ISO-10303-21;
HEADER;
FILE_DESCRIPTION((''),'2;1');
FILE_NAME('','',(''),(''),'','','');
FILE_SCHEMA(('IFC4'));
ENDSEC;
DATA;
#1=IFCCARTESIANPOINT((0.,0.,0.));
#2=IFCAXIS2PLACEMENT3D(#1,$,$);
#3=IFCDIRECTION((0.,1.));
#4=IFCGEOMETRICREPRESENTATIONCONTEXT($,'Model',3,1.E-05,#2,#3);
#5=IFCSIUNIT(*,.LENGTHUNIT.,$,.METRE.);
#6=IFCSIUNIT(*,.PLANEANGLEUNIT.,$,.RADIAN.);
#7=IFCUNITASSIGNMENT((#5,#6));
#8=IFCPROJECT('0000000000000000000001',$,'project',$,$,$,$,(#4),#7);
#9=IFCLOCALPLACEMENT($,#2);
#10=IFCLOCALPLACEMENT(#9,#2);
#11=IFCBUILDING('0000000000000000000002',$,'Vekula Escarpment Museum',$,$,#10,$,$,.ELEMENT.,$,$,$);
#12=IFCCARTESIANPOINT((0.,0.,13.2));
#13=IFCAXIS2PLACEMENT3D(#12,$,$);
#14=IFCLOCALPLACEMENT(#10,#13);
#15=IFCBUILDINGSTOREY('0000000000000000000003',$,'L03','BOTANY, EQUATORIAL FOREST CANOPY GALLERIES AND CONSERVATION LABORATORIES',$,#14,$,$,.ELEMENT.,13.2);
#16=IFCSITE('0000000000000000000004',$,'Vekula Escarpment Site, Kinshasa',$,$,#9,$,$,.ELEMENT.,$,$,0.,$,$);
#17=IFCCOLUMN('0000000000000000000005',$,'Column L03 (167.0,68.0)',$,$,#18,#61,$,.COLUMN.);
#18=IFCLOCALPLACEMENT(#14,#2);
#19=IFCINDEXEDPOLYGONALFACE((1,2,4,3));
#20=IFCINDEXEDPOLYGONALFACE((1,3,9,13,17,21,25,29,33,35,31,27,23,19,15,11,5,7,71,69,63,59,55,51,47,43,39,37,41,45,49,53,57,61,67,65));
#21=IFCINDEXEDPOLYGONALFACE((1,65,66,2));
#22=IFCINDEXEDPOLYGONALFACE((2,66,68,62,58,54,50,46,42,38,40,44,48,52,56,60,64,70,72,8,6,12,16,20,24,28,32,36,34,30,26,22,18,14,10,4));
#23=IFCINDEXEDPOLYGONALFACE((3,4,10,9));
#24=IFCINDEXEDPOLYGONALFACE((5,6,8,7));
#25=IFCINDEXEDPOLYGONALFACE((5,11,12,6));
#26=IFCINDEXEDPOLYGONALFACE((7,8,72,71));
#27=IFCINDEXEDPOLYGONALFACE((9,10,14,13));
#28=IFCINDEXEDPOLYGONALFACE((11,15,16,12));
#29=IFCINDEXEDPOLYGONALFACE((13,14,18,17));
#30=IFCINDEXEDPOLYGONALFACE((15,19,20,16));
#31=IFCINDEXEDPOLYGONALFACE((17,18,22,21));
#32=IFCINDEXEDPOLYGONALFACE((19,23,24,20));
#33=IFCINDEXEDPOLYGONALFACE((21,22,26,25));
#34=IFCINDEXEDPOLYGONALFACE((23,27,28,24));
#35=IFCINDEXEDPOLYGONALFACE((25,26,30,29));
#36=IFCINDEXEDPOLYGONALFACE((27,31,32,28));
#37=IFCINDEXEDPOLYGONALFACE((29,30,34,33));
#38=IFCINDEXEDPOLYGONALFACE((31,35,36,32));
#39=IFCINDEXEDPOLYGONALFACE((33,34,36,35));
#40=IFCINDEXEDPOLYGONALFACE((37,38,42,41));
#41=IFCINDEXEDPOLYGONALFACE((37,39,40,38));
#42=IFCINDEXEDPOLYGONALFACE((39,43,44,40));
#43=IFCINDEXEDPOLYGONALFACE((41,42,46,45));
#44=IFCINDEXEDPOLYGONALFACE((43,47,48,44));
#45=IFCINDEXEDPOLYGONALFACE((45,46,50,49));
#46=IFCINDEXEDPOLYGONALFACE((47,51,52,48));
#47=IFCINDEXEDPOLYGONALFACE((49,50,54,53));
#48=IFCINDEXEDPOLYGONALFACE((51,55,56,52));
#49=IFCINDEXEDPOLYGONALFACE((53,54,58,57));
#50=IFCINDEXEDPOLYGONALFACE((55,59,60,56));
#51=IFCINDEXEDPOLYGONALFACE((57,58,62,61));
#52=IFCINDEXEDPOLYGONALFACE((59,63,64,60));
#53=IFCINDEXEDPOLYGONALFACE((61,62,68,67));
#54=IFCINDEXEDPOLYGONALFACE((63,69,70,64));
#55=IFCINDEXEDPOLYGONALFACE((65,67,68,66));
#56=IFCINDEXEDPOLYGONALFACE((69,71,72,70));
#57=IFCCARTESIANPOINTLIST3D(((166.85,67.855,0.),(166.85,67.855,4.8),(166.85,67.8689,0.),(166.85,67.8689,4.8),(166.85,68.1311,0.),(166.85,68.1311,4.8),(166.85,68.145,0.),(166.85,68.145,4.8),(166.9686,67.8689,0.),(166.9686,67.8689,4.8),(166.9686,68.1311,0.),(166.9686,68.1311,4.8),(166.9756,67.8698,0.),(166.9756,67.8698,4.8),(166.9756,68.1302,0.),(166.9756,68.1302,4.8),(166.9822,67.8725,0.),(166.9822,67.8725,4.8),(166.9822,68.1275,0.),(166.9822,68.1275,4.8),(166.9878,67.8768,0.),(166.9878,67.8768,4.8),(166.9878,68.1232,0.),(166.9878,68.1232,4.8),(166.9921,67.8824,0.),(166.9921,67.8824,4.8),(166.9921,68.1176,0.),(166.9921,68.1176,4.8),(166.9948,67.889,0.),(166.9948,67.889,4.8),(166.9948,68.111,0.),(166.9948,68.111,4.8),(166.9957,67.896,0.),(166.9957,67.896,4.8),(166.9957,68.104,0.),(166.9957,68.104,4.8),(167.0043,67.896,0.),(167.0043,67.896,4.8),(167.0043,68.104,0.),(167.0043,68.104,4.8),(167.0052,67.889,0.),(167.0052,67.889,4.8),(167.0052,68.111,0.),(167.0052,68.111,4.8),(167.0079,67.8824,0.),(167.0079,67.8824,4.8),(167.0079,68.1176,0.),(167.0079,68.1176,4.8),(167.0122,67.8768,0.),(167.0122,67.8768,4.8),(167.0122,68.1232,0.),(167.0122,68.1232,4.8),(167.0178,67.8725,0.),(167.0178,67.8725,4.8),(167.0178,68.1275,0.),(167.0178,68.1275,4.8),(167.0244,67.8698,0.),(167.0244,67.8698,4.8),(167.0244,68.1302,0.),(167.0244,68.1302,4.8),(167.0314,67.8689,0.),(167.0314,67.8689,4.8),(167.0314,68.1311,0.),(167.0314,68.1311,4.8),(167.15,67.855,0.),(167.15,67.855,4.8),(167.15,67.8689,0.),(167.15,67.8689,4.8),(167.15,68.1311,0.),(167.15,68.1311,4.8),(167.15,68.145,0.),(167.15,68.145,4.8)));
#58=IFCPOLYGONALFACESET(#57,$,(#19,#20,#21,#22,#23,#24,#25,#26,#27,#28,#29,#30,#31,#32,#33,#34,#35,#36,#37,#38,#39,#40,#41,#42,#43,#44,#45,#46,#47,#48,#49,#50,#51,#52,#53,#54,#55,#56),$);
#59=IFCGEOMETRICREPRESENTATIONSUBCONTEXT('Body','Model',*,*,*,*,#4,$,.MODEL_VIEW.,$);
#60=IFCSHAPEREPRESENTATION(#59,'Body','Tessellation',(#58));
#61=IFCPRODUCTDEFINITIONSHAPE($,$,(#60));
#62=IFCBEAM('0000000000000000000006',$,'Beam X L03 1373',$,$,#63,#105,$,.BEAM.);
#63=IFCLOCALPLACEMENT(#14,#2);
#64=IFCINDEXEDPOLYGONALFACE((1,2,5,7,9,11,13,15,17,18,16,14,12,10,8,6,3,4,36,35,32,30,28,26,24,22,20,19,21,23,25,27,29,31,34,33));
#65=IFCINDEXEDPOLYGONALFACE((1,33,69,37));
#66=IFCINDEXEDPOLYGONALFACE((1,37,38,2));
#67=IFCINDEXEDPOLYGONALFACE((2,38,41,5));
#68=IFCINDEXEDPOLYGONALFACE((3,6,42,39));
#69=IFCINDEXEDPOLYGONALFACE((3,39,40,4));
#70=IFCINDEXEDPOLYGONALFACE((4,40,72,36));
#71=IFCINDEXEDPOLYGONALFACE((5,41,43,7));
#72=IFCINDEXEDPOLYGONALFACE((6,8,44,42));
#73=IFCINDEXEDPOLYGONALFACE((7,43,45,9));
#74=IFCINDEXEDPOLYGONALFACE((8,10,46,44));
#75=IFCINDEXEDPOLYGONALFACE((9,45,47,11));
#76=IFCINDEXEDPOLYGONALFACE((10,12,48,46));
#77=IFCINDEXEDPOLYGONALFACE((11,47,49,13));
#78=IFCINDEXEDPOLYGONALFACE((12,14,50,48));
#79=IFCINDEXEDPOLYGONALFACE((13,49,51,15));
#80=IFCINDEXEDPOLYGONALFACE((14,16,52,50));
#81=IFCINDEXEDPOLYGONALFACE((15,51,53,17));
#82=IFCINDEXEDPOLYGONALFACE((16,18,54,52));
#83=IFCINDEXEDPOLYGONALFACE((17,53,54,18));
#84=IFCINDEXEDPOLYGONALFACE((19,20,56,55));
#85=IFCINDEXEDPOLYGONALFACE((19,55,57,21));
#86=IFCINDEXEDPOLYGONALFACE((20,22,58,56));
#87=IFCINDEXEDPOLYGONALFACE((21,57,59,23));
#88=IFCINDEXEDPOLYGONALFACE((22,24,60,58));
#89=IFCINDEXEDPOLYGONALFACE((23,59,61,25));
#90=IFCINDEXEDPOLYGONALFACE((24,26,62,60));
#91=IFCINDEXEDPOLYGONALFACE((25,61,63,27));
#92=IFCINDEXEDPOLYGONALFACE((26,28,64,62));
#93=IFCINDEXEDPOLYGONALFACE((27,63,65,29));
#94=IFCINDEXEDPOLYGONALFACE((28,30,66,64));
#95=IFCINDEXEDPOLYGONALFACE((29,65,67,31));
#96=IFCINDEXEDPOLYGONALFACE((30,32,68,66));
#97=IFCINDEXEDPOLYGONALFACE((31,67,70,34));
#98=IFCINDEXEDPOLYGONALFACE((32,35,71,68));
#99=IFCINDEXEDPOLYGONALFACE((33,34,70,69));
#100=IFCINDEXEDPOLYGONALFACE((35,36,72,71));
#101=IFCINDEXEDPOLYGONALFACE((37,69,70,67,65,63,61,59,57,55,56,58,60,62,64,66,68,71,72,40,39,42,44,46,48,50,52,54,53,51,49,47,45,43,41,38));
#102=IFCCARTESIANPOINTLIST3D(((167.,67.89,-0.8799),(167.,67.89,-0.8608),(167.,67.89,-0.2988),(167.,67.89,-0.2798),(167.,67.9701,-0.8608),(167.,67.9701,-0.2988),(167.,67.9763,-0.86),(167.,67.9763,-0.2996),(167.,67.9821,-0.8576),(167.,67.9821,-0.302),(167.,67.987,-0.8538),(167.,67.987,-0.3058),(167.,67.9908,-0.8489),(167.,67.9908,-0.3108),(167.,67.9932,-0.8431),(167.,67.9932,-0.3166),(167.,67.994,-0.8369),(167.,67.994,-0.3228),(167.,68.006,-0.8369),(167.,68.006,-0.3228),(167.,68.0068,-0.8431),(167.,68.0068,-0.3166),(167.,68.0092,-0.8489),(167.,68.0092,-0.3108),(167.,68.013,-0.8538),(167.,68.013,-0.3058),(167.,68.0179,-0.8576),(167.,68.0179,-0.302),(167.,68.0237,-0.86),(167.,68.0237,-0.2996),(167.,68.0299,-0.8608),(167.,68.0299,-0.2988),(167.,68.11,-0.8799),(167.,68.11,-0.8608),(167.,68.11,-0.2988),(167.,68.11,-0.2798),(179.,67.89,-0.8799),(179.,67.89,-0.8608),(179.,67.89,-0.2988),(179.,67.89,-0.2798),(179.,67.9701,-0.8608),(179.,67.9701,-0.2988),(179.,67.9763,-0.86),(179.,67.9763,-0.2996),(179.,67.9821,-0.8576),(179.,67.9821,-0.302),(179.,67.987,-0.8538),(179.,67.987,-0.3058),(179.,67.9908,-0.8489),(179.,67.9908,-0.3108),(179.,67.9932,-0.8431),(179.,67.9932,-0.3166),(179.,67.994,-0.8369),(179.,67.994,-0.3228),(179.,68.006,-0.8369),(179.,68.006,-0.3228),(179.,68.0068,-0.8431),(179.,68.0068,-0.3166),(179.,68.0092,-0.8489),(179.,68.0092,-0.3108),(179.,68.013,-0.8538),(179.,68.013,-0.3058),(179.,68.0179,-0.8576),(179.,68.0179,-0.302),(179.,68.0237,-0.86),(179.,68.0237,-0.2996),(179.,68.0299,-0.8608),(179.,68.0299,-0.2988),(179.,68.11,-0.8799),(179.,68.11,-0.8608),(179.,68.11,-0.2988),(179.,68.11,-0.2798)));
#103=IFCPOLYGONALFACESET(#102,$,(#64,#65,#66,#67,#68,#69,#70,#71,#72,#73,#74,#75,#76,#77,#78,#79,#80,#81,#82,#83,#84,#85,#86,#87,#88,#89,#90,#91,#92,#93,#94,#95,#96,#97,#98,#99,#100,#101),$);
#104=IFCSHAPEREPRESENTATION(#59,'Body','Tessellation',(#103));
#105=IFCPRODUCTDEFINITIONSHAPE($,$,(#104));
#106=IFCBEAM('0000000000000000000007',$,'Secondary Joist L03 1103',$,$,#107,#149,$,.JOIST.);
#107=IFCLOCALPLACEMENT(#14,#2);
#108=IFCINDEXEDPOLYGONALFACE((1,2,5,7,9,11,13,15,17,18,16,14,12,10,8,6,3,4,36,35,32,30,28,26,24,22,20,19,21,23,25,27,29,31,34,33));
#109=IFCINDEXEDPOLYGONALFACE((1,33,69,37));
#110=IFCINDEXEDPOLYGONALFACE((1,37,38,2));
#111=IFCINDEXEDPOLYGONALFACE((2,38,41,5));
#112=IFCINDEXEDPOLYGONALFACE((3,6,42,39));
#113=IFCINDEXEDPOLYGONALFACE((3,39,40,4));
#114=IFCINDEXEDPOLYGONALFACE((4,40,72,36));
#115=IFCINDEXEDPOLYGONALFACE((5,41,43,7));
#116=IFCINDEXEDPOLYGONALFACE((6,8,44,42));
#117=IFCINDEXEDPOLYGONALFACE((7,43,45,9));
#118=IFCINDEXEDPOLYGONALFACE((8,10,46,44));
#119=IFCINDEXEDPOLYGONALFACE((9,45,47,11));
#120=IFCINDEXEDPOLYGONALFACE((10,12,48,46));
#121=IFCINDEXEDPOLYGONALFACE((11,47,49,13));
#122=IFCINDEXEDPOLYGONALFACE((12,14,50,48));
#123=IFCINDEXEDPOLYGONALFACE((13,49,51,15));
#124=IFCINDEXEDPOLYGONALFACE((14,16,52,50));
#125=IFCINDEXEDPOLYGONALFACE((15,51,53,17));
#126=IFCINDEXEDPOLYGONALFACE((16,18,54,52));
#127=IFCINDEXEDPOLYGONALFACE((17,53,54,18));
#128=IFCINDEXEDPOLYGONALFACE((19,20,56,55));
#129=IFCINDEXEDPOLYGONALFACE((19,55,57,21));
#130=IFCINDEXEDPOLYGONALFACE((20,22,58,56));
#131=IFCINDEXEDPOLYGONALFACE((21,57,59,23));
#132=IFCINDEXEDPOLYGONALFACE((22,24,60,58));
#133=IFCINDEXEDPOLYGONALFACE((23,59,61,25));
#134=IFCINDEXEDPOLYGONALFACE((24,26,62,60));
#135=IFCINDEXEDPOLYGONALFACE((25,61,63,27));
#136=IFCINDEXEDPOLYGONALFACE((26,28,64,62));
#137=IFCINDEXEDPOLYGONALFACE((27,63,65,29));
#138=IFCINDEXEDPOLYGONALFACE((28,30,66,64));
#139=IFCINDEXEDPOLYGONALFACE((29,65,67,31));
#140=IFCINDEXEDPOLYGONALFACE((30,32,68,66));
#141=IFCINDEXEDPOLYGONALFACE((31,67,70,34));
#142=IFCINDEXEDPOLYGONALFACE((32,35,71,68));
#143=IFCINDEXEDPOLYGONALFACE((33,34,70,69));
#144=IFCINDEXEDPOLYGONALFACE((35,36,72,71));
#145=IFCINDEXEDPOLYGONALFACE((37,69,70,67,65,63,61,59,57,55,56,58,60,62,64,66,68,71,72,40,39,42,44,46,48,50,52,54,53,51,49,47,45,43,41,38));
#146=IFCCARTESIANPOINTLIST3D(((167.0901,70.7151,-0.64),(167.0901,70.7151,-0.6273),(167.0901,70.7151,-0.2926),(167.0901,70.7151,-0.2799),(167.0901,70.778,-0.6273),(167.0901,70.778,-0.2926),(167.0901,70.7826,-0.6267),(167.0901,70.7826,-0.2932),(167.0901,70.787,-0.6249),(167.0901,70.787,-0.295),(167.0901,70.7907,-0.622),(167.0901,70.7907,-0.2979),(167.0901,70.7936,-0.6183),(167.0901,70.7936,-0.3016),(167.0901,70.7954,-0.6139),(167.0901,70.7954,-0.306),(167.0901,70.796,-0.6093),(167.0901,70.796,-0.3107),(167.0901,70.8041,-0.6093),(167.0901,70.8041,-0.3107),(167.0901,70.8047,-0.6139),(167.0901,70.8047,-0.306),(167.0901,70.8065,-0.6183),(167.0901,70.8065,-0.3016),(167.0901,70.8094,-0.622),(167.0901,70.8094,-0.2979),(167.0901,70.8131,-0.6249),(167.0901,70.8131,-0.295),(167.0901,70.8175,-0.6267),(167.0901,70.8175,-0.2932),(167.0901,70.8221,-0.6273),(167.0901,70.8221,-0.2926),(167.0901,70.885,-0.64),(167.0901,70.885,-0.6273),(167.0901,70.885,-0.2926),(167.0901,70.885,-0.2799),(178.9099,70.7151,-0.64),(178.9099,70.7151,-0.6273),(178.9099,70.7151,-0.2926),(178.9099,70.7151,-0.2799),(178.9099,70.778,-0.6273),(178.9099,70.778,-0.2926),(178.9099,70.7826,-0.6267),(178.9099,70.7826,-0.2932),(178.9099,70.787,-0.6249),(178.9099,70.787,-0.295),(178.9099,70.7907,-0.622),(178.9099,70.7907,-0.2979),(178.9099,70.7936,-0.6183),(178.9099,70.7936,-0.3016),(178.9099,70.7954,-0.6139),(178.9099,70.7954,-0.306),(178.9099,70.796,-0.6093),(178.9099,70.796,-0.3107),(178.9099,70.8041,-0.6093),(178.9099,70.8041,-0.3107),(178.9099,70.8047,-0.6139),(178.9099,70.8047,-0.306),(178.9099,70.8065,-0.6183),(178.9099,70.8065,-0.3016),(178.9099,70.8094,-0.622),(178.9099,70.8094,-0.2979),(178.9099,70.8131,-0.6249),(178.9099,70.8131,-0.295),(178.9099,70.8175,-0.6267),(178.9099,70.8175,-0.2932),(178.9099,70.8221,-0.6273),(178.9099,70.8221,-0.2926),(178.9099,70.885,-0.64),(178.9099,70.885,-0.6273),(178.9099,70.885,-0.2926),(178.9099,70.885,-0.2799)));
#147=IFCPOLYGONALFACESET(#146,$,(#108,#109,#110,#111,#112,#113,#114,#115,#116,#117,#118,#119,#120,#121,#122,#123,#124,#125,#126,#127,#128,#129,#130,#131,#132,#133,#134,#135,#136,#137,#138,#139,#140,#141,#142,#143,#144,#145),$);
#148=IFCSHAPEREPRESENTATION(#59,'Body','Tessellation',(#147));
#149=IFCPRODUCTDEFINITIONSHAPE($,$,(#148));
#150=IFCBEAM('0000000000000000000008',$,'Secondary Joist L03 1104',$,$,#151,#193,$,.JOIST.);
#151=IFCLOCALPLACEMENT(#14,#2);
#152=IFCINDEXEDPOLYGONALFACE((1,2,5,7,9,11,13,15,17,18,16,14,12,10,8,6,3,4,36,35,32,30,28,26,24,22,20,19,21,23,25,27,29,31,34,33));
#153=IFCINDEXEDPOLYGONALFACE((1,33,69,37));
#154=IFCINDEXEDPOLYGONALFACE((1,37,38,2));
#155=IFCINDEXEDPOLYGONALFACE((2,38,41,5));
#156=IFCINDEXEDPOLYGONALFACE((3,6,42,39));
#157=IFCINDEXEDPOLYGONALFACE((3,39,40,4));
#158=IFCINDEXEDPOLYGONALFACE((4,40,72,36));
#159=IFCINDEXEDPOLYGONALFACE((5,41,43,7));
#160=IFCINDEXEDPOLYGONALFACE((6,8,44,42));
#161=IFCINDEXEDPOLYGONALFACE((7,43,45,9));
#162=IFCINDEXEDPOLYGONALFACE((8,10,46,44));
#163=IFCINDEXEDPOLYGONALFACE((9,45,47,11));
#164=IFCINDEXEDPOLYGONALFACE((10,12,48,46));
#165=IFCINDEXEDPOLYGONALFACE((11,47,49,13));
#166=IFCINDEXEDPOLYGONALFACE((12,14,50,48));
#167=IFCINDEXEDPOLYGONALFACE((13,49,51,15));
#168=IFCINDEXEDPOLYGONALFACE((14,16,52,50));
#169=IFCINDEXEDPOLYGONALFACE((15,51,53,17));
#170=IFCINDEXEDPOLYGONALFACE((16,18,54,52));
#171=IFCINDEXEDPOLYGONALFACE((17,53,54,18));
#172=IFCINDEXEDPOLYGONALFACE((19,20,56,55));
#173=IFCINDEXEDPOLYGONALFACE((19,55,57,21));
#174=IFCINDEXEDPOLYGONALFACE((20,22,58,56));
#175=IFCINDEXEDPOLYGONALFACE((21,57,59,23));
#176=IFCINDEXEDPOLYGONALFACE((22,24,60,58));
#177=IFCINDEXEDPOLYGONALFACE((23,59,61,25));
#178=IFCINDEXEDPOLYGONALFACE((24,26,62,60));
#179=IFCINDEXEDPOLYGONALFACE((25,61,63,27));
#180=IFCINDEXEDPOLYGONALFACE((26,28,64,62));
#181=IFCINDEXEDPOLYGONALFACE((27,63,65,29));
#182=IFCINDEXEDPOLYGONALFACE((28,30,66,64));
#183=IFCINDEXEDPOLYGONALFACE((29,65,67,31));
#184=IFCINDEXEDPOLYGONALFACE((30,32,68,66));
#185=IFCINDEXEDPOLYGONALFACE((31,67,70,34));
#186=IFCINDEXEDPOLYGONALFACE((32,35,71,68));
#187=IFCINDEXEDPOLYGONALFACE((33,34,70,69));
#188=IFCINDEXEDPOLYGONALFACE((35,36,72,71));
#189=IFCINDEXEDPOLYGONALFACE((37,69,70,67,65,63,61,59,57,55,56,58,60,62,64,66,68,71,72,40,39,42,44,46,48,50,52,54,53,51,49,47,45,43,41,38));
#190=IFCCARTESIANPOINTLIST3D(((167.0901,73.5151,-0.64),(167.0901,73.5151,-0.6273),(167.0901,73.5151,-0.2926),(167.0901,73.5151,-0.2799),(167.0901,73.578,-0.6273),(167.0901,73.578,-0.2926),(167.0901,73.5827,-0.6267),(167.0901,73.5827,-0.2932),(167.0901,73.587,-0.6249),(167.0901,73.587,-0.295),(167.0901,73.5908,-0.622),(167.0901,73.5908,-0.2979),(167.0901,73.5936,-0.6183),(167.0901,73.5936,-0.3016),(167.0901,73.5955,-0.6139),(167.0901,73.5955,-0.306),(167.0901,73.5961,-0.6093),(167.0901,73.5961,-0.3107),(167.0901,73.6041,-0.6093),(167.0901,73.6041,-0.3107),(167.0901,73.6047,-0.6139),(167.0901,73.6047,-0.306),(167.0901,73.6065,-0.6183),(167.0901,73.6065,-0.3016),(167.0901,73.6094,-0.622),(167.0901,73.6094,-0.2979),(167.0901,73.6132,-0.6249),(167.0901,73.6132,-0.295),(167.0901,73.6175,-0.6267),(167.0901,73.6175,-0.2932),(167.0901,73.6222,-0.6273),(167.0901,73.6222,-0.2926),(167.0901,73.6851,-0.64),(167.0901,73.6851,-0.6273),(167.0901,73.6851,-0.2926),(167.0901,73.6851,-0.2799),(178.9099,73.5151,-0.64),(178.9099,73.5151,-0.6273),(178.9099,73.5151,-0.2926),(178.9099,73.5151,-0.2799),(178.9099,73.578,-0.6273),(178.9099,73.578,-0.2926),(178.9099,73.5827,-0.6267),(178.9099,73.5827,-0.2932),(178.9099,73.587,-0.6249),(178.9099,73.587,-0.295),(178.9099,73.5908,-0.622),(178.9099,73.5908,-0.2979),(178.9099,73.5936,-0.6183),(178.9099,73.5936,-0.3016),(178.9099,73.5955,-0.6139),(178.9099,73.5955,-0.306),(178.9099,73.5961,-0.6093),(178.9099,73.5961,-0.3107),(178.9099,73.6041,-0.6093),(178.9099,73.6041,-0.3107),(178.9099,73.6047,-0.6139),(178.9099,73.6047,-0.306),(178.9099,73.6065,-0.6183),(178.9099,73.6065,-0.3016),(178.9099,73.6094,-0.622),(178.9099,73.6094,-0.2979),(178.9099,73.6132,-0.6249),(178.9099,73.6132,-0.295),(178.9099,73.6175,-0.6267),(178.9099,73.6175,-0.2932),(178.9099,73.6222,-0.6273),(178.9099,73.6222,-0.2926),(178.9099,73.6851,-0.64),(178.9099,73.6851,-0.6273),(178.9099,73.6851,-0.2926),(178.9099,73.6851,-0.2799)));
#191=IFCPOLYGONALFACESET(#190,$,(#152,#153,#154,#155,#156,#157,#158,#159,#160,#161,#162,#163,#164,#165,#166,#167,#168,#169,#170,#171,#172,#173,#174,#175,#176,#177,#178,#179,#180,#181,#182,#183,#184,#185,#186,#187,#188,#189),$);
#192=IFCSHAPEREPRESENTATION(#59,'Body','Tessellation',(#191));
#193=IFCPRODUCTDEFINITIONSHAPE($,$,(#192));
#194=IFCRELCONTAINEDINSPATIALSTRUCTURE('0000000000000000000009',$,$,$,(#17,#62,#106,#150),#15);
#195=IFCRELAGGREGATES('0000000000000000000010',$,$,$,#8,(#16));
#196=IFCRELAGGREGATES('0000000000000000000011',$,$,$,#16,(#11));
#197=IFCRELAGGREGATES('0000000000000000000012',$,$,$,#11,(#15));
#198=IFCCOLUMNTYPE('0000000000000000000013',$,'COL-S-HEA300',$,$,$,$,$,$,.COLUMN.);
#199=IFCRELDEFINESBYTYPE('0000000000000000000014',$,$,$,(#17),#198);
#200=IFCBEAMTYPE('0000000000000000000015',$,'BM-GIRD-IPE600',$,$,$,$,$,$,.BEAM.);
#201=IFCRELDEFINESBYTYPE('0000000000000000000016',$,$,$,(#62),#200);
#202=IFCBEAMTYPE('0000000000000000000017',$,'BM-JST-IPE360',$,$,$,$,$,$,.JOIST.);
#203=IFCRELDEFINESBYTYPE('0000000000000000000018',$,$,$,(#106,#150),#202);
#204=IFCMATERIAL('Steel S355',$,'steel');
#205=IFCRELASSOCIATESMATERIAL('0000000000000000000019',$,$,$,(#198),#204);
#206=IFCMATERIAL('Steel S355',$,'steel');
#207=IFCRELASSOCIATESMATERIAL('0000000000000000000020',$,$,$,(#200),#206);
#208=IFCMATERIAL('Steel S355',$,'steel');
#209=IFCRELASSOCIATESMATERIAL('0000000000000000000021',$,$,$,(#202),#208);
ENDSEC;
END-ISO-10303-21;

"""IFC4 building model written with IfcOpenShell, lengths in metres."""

from ifc_helpers import new_model, si_unit, direction, frame, origin, origin_2d, place, context, subcontext, project, spatial, i_section, extrude, material, material_profile, profile_set, type_object, element, save


model = new_model("IFC4")

# Units and contexts
model_context = context("Model", 3, precision=1e-05, world=origin(), true_north=direction((0.0, 1.0)))
body_context = subcontext(model_context, "Body", "Model", "MODEL_VIEW")
ifc_project = project(units=[si_unit("LENGTHUNIT", "METRE"), si_unit("PLANEANGLEUNIT", "RADIAN")], contexts=[model_context])

# Site, building, storey
site_placement = place(None, origin())
site = spatial("IfcSite", under=ifc_project, at=site_placement, Name="Vekula Escarpment Site, Kinshasa", CompositionType="ELEMENT", RefElevation=0.0)
building_placement = place(site_placement, origin())
building = spatial("IfcBuilding", under=site, at=building_placement, Name="Vekula Escarpment Museum", CompositionType="ELEMENT")
storey_placement = place(building_placement, frame((0.0, 0.0, 13.2)))
storey = spatial("IfcBuildingStorey", under=building, at=storey_placement, Name="L03", Description="BOTANY, EQUATORIAL FOREST CANOPY GALLERIES AND CONSERVATION LABORATORIES", CompositionType="ELEMENT", Elevation=13.2)

# Column
ifc_material_1 = material(Name="Steel S355", Category="steel")
ifc_material_profile_1 = material_profile(ifc_material_1, i_section(OverallWidth=0.3, OverallDepth=0.29, WebThickness=0.0085, FlangeThickness=0.0139, FilletRadius=0.0271, at=origin_2d()), Name="HEA 300")
ifc_profile_set_1 = profile_set([ifc_material_profile_1], Name="Steel S355")
column_type = type_object("IfcColumnType", Name="COL-S-HEA300", PredefinedType="COLUMN", material=ifc_profile_set_1)
column_placement = place(storey_placement, frame((167.0, 68.0, 0.0), z_axis=(0.0, 0.0, 1.0), x_axis=(1.0, 0.0, 0.0)))
element("IfcColumn", 1, at=column_placement, inside=storey, type_object=column_type, Name="Column L03 (167.0,68.0)", PredefinedType="COLUMN", context=body_context, shape_type="SweptSolid", body=[
    extrude(i_section(OverallWidth=0.3, OverallDepth=0.29, WebThickness=0.0085, FlangeThickness=0.0139, FilletRadius=0.0271, at=origin_2d()), origin(), (0.0, 0.0, 1.0), 4.8),
])

# Beams
ifc_material_2 = material(Name="Steel S355", Category="steel")
ifc_material_profile_2 = material_profile(ifc_material_2, i_section(OverallWidth=0.22, OverallDepth=0.6001, WebThickness=0.012, FlangeThickness=0.019, FilletRadius=0.0239, at=origin_2d()), Name="IPE 600")
ifc_profile_set_2 = profile_set([ifc_material_profile_2], Name="Steel S355")
beam_type_1 = type_object("IfcBeamType", Name="BM-GIRD-IPE600", PredefinedType="BEAM", material=ifc_profile_set_2)
beam_1_placement = place(storey_placement, frame((167.0, 68.0, -0.5798), z_axis=(1.0, 0.0, 0.0), x_axis=(0.0, 1.0, 0.0)))
element("IfcBeam", 2, at=beam_1_placement, inside=storey, type_object=beam_type_1, Name="Beam X L03 1373", PredefinedType="BEAM", context=body_context, shape_type="SweptSolid", body=[
    extrude(i_section(OverallWidth=0.22, OverallDepth=0.6001, WebThickness=0.012, FlangeThickness=0.019, FilletRadius=0.0239, at=origin_2d()), origin(), (0.0, 0.0, 1.0), 12.0),
])
ifc_material_3 = material(Name="Steel S355", Category="steel")
ifc_material_profile_3 = material_profile(ifc_material_3, i_section(OverallWidth=0.1699, OverallDepth=0.3601, WebThickness=0.0081, FlangeThickness=0.0127, FilletRadius=0.0181, at=origin_2d()), Name="IPE 360")
ifc_profile_set_3 = profile_set([ifc_material_profile_3], Name="Steel S355")
beam_type_2 = type_object("IfcBeamType", Name="BM-JST-IPE360", PredefinedType="JOIST", material=ifc_profile_set_3)
for number, where, z_axis, x_axis, name in (
    (3, (167.0901, 70.8, -0.46), (1.0, 0.0, 0.0), (0.0, 1.0, 0.0), "Secondary Joist L03 1103"),
    (4, (167.0901, 73.6001, -0.46), (1.0, 0.0, 0.0), (0.0, 1.0, 0.0), "Secondary Joist L03 1104"),
):
    element("IfcBeam", number, at=place(storey_placement, frame(where, z_axis=z_axis, x_axis=x_axis)), inside=storey, type_object=beam_type_2, Name=name, PredefinedType="JOIST", context=body_context, shape_type="SweptSolid", body=[
        extrude(i_section(OverallWidth=0.1699, OverallDepth=0.3601, WebThickness=0.0081, FlangeThickness=0.0127, FilletRadius=0.0181, at=origin_2d()), origin(), (0.0, 0.0, 1.0), 11.8198),
    ])

save(model, "model.ifc")
